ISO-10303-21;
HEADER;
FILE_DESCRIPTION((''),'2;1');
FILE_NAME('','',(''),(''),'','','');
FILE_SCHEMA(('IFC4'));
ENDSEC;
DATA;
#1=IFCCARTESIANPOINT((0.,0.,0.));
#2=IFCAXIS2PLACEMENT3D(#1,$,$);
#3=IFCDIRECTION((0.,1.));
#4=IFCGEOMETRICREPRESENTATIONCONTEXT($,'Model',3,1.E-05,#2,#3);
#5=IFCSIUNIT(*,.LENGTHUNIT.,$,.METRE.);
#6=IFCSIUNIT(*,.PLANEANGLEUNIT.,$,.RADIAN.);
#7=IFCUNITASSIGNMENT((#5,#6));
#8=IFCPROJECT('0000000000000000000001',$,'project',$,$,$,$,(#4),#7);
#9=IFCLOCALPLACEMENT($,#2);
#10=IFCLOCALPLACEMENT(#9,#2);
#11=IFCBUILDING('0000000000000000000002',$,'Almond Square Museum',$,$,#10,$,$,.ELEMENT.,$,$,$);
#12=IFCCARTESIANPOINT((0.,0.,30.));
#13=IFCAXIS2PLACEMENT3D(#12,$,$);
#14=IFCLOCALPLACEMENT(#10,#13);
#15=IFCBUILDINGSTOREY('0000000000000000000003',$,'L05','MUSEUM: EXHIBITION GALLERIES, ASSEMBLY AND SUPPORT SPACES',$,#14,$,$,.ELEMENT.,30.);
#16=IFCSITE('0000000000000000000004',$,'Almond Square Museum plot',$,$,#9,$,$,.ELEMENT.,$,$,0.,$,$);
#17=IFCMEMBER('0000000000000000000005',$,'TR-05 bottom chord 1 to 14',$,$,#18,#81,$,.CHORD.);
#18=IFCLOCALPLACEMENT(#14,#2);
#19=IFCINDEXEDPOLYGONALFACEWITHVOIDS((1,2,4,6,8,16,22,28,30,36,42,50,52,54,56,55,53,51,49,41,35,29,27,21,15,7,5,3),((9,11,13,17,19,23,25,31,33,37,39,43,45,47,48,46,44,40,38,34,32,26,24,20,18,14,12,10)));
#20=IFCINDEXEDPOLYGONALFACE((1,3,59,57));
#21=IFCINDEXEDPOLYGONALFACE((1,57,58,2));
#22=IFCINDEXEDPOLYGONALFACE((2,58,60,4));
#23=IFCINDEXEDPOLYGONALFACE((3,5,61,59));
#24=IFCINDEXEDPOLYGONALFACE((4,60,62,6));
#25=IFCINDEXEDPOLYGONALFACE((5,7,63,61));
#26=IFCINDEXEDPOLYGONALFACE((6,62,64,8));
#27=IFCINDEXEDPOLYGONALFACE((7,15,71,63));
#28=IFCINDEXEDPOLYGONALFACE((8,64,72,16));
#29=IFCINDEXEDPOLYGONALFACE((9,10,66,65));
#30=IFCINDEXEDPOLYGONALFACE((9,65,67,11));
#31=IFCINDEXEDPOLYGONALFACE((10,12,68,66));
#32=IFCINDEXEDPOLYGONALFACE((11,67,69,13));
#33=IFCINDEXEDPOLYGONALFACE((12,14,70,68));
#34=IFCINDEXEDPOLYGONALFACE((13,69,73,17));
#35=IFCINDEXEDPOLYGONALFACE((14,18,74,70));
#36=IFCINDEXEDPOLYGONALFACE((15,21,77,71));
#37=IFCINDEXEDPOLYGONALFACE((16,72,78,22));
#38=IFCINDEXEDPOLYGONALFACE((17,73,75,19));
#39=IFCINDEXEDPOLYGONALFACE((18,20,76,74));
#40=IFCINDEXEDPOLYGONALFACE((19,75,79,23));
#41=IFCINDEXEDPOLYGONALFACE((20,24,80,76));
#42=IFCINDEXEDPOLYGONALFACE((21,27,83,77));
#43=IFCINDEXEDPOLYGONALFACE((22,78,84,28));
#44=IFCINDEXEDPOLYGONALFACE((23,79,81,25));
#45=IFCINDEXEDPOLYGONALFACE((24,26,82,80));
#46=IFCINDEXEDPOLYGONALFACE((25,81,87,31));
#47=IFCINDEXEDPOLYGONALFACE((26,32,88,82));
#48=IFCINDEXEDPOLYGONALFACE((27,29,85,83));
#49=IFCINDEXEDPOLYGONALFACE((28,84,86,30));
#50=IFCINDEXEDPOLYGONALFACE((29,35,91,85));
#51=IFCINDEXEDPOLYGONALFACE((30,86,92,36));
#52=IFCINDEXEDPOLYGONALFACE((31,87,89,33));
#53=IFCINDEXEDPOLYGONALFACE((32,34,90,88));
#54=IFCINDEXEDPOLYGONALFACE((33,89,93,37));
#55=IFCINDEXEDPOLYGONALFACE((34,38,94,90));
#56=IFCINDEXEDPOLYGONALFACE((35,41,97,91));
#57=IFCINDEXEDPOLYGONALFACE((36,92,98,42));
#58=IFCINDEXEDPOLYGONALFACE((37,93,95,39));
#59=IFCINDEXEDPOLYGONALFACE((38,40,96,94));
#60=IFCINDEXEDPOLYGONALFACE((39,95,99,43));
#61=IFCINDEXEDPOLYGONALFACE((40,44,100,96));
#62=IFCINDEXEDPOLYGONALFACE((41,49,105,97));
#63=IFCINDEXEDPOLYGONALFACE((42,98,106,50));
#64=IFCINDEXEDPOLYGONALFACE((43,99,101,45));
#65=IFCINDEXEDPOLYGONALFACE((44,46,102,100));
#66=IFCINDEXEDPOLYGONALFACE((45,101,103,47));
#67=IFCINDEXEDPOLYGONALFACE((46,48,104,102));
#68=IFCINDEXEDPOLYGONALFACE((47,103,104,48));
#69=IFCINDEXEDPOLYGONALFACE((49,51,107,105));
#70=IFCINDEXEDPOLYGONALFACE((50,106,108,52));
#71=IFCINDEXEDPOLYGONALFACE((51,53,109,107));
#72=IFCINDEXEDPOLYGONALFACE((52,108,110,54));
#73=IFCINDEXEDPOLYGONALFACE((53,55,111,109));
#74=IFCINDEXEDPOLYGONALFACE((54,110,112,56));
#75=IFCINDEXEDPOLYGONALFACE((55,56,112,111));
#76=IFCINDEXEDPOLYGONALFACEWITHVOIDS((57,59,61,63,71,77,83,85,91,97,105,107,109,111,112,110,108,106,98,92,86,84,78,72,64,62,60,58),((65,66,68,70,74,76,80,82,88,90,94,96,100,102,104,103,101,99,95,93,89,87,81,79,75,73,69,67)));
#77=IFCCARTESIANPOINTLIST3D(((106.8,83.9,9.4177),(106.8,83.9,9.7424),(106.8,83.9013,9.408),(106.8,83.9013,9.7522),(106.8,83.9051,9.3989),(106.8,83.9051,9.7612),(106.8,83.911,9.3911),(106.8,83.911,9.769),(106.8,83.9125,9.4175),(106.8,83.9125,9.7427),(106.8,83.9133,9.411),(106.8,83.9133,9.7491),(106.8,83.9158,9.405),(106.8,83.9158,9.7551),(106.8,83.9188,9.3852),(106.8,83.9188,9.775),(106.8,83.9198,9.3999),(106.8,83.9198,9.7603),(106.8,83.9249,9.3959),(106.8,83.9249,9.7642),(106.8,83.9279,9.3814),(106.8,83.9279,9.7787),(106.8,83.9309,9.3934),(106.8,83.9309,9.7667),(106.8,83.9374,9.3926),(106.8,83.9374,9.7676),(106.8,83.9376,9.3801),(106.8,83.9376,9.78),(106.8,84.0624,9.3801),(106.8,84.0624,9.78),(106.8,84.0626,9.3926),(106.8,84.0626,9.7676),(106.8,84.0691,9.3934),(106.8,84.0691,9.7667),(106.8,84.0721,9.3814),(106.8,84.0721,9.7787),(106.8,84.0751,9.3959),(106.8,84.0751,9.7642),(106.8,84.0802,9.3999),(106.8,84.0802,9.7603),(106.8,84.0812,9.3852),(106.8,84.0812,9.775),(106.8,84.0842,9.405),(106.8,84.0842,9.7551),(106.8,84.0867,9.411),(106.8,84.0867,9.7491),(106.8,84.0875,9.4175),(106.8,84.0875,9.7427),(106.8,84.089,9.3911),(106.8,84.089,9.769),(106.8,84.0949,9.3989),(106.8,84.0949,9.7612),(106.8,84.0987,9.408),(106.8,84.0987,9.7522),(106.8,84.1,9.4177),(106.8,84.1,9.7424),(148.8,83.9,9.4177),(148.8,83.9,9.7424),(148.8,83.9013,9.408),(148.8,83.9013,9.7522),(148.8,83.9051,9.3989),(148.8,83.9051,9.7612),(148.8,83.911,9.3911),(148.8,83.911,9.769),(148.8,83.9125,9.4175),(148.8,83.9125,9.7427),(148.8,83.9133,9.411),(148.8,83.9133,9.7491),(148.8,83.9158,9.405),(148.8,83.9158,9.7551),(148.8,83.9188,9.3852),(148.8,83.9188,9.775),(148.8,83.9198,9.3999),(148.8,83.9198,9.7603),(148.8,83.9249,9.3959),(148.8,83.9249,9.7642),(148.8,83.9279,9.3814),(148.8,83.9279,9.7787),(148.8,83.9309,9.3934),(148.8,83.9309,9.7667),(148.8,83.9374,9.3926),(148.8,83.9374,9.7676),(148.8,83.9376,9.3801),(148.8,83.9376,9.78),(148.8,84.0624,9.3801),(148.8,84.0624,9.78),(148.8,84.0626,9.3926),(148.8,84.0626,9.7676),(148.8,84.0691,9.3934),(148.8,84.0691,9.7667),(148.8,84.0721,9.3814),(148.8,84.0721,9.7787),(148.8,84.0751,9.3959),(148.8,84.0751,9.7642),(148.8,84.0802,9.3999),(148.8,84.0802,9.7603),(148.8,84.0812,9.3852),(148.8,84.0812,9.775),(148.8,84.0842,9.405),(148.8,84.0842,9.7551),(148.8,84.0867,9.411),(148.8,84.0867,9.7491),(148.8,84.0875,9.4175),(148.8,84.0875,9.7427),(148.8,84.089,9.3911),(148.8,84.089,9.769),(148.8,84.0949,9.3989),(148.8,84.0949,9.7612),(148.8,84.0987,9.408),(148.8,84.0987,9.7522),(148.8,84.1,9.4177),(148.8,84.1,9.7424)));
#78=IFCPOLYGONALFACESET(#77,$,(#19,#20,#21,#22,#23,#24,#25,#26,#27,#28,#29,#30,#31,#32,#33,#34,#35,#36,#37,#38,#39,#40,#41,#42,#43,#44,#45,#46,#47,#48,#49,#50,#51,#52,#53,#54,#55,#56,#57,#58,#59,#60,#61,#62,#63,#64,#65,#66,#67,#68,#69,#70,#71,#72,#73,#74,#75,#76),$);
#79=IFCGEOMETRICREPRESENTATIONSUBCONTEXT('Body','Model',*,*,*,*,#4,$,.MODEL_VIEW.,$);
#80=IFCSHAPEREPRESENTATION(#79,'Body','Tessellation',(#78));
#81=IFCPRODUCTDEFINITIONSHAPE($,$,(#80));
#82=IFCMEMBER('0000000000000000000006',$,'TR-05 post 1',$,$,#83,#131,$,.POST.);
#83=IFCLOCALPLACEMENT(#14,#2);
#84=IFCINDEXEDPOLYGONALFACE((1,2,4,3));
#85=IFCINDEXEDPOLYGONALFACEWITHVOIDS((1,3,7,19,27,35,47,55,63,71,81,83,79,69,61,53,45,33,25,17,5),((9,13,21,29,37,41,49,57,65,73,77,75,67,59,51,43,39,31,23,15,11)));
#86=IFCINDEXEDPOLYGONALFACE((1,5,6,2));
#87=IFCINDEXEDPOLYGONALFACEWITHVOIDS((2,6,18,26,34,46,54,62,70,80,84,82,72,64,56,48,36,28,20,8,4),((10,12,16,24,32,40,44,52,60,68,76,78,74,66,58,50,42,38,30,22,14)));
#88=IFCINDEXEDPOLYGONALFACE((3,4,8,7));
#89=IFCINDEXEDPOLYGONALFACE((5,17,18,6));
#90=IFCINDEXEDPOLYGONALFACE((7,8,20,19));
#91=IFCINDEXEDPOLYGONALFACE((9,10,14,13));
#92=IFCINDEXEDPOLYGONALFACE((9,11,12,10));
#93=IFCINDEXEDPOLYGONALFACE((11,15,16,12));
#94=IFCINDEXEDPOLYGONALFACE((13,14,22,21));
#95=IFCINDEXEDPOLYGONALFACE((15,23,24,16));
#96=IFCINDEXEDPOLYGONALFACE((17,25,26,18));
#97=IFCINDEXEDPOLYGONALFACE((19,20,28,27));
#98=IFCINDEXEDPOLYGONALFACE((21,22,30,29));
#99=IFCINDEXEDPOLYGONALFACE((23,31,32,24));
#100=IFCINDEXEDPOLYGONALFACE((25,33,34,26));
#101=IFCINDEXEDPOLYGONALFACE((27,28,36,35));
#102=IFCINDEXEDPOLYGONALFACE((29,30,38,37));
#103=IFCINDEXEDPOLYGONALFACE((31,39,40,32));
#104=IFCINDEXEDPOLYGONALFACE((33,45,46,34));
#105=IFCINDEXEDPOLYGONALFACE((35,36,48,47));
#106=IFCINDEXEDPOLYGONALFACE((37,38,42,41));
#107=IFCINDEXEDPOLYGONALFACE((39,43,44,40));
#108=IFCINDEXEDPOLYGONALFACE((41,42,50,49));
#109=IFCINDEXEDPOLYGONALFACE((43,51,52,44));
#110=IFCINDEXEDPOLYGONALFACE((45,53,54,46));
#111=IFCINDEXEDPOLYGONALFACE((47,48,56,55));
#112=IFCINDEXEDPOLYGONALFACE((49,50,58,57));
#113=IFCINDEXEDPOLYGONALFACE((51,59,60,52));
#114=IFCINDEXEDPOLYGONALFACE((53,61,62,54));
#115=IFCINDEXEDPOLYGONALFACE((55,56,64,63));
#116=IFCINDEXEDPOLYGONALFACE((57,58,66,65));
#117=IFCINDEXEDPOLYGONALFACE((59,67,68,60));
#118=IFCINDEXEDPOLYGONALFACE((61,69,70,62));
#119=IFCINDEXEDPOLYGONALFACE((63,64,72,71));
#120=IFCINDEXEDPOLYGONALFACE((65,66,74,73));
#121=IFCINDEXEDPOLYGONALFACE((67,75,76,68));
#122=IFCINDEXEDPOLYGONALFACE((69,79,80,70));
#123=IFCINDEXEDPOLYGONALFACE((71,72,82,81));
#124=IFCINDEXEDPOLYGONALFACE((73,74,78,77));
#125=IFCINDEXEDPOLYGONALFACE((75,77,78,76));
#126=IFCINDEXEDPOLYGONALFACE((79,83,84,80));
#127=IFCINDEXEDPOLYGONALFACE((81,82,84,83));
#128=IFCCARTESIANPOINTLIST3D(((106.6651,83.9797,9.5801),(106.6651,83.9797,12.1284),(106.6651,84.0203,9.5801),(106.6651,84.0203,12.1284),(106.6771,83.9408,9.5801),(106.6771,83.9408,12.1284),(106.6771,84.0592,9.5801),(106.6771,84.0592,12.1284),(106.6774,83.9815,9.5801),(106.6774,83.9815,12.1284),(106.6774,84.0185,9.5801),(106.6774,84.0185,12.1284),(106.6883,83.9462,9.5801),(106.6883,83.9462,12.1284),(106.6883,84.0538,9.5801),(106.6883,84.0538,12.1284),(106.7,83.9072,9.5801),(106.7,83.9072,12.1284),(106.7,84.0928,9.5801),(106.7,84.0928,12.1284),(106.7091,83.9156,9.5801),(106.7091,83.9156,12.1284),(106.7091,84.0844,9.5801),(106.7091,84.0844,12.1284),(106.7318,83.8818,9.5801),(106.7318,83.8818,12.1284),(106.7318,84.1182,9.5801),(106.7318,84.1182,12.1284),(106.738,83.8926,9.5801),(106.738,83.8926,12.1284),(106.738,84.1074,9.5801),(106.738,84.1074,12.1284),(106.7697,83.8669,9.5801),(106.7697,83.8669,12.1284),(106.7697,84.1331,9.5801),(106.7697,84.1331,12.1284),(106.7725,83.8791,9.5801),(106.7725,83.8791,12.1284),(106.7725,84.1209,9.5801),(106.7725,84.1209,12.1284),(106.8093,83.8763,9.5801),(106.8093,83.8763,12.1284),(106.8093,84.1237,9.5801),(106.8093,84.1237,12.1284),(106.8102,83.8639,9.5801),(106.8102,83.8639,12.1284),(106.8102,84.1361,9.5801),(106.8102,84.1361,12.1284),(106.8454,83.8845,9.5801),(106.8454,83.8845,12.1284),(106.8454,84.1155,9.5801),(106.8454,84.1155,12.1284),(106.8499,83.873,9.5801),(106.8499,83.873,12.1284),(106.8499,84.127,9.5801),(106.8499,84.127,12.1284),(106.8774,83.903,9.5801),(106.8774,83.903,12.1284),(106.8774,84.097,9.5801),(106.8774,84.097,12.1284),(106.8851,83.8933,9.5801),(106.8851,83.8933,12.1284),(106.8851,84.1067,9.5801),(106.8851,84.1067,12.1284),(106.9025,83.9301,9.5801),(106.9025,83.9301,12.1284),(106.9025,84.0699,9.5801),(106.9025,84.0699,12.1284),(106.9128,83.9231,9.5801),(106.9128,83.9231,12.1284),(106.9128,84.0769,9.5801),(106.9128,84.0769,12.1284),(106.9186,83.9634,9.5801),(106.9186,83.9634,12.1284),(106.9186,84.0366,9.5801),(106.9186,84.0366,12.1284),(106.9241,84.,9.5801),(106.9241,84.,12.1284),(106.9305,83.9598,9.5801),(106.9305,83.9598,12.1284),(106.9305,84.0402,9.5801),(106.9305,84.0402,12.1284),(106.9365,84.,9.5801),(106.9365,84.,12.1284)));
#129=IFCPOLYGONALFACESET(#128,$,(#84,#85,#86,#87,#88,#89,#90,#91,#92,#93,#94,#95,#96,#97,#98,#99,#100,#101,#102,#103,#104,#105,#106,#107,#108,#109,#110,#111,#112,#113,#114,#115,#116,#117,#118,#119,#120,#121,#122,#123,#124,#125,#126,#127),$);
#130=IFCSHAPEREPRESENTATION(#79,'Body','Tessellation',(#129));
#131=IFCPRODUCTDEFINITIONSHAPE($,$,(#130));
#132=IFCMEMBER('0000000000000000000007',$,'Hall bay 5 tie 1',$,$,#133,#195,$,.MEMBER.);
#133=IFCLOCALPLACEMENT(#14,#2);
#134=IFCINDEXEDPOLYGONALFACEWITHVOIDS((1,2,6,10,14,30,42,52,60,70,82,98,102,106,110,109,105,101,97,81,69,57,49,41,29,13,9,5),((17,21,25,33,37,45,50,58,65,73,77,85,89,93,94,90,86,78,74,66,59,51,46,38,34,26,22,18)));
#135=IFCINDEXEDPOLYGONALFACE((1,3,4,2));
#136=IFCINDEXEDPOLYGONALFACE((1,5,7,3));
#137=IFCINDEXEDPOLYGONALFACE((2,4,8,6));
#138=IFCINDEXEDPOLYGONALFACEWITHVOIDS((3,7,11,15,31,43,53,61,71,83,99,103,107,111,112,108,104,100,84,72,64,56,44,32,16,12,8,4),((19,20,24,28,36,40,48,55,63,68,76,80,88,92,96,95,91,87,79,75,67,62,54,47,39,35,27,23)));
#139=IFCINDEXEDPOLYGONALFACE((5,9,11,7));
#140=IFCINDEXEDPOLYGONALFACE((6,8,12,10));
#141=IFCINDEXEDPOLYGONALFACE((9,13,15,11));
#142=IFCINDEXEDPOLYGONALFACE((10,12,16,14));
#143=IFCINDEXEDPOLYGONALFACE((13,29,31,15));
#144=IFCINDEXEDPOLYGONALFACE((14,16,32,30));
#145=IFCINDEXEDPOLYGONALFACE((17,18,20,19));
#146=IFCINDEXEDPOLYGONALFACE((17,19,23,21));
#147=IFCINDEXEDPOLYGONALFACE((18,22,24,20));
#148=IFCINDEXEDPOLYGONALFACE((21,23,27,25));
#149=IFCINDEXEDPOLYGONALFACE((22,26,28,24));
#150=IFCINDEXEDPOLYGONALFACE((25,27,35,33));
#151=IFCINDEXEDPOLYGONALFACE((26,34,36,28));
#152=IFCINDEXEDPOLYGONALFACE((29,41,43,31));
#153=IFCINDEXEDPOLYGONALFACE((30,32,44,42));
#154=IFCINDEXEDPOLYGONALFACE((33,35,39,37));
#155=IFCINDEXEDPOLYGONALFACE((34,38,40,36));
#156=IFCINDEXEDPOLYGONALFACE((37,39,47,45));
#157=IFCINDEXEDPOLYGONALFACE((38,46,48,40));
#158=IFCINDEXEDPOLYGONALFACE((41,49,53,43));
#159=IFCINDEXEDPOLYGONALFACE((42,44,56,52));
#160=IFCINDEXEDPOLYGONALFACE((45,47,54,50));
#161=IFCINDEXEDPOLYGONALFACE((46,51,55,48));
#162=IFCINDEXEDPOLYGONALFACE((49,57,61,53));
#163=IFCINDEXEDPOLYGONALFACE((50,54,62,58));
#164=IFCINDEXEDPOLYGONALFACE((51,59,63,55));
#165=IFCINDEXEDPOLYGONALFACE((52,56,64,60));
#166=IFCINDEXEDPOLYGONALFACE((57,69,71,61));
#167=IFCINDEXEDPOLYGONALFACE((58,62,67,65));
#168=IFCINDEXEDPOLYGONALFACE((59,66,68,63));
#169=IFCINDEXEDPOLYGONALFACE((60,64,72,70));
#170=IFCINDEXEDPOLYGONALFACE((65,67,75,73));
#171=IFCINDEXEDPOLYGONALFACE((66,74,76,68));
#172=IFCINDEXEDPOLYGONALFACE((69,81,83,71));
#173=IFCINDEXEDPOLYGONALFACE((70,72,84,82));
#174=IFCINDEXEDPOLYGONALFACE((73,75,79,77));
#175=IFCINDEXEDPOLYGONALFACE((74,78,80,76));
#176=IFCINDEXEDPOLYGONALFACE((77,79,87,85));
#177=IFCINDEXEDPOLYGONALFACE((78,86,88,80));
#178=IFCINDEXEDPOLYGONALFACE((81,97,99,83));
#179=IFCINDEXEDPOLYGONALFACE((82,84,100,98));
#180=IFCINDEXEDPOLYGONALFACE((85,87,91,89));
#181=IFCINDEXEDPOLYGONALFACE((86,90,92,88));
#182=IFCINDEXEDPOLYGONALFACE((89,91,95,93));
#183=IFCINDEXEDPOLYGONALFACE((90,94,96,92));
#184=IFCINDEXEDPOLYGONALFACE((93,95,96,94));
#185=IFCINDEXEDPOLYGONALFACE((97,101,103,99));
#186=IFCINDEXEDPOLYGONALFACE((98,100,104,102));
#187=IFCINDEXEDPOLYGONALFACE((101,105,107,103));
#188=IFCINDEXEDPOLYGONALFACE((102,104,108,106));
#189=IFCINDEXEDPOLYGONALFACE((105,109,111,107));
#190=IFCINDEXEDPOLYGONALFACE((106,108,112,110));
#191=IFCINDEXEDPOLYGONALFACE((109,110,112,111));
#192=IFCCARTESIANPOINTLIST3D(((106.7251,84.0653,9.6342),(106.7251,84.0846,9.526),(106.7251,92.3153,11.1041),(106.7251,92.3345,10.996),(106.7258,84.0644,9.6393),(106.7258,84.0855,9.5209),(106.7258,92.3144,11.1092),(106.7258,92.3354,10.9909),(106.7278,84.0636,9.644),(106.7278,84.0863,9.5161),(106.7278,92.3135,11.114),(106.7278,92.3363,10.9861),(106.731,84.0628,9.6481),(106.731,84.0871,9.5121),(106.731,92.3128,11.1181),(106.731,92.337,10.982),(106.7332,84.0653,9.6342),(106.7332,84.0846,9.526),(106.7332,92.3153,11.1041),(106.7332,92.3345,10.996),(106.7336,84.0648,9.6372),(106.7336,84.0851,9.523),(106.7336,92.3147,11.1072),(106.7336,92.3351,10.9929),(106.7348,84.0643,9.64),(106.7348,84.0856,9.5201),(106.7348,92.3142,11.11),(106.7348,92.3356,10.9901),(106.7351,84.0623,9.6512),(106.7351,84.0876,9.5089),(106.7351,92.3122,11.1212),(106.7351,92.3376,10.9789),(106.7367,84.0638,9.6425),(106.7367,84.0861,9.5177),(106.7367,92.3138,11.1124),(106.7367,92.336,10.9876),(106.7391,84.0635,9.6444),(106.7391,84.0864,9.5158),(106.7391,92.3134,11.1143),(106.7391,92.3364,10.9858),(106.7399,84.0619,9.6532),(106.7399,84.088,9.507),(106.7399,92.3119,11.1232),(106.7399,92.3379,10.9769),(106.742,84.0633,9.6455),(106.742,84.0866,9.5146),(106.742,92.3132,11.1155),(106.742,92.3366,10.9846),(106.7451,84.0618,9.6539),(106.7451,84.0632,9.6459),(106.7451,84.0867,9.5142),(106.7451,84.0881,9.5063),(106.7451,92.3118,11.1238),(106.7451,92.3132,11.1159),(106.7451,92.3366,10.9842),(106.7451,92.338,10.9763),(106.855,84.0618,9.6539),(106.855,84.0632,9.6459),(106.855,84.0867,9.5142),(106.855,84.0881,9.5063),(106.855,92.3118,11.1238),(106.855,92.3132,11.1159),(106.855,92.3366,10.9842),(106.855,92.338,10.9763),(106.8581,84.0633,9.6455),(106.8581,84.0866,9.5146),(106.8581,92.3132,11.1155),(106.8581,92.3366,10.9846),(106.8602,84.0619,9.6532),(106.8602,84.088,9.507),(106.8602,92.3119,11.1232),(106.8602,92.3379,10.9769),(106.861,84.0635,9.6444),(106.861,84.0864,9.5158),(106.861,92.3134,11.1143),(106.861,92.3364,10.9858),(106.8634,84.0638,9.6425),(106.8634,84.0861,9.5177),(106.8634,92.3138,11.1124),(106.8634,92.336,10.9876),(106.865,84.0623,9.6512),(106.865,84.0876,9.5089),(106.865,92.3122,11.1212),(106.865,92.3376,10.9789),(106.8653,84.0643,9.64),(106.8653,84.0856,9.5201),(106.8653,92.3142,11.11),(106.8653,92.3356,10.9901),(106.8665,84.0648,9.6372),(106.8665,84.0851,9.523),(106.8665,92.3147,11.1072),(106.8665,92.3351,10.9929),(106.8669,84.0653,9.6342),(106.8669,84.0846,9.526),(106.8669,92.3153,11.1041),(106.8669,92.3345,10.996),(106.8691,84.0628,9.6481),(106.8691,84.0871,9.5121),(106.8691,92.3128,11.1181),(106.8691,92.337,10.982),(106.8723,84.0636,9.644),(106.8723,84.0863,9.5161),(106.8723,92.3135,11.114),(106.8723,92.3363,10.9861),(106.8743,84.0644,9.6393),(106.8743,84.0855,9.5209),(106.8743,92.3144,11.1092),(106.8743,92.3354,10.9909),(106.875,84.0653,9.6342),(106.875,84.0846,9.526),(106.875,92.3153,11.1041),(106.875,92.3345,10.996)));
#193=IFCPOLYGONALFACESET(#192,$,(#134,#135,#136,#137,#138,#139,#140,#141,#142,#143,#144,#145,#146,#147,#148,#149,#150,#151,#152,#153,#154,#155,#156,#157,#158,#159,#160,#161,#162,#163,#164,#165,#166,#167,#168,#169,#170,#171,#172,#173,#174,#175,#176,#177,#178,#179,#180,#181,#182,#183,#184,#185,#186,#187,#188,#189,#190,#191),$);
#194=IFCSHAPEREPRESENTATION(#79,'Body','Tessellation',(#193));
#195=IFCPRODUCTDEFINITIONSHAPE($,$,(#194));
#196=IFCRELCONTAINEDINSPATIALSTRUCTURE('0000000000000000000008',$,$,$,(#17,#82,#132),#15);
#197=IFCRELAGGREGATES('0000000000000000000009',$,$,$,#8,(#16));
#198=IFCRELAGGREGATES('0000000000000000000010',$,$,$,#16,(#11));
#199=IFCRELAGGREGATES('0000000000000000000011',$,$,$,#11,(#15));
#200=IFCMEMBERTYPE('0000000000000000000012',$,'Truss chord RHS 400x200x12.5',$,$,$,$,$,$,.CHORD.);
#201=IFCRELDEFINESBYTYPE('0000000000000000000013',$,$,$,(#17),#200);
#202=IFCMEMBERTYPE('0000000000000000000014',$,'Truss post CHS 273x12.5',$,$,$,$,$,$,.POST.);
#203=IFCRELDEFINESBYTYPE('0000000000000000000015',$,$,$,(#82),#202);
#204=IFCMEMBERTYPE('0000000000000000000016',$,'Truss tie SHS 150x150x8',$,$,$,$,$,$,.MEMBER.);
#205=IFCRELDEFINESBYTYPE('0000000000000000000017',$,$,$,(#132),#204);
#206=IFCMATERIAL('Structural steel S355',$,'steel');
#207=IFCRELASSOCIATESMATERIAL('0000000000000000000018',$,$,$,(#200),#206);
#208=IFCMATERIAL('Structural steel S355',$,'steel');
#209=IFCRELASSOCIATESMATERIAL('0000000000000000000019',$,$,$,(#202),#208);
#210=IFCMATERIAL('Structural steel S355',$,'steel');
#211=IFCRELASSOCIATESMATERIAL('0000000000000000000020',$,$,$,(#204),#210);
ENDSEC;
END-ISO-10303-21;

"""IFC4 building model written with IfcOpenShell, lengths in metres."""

from ifc_helpers import new_model, si_unit, direction, frame, origin, origin_2d, place, context, subcontext, project, spatial, hollow_rectangle, hollow_circle, extrude, material, material_profile, profile_set, type_object, element, save


model = new_model("IFC4")

# Units and contexts
model_context = context("Model", 3, precision=1e-05, world=origin(), true_north=direction((0.0, 1.0)))
body_context = subcontext(model_context, "Body", "Model", "MODEL_VIEW")
ifc_project = project(units=[si_unit("LENGTHUNIT", "METRE"), si_unit("PLANEANGLEUNIT", "RADIAN")], contexts=[model_context])

# Site, building, storey
site_placement = place(None, origin())
site = spatial("IfcSite", under=ifc_project, at=site_placement, Name="Almond Square Museum plot", CompositionType="ELEMENT", RefElevation=0.0)
building_placement = place(site_placement, origin())
building = spatial("IfcBuilding", under=site, at=building_placement, Name="Almond Square Museum", CompositionType="ELEMENT")
storey_placement = place(building_placement, frame((0.0, 0.0, 30.0)))
storey = spatial("IfcBuildingStorey", under=building, at=storey_placement, Name="L05", Description="MUSEUM: EXHIBITION GALLERIES, ASSEMBLY AND SUPPORT SPACES", CompositionType="ELEMENT", Elevation=30.0)

# Members
ifc_material_1 = material(Name="Structural steel S355", Category="steel")
ifc_material_profile_1 = material_profile(ifc_material_1, hollow_rectangle(XDim=0.2, YDim=0.3999, WallThickness=0.0125, InnerFilletRadius=0.0249, OuterFilletRadius=0.0376, at=origin_2d()))
ifc_profile_set_1 = profile_set([ifc_material_profile_1], Name="Structural steel S355")
member_type_1 = type_object("IfcMemberType", Name="Truss chord RHS 400x200x12.5", PredefinedType="CHORD", material=ifc_profile_set_1)
member_1_placement = place(storey_placement, frame((106.8, 84.0, 9.5801), z_axis=(1.0, 0.0, 0.0), x_axis=(0.0, 1.0, 0.0)))
element("IfcMember", 1, at=member_1_placement, inside=storey, type_object=member_type_1, Name="TR-05 bottom chord 1 to 14", PredefinedType="CHORD", context=body_context, shape_type="SweptSolid", body=[
    extrude(hollow_rectangle(XDim=0.2, YDim=0.3999, WallThickness=0.0125, InnerFilletRadius=0.0249, OuterFilletRadius=0.0376, at=origin_2d()), origin(), (0.0, 0.0, 1.0), 42.0),
])
ifc_material_2 = material(Name="Structural steel S355", Category="steel")
ifc_material_profile_2 = material_profile(ifc_material_2, hollow_circle(Radius=0.1365, WallThickness=0.0125, at=origin_2d()))
ifc_profile_set_2 = profile_set([ifc_material_profile_2], Name="Structural steel S355")
member_type_2 = type_object("IfcMemberType", Name="Truss post CHS 273x12.5", PredefinedType="POST", material=ifc_profile_set_2)
member_2_placement = place(storey_placement, frame((106.8, 84.0, 9.5801), z_axis=(0.0, 0.0, 1.0), x_axis=(1.0, 0.0, 0.0)))
element("IfcMember", 2, at=member_2_placement, inside=storey, type_object=member_type_2, Name="TR-05 post 1", PredefinedType="POST", context=body_context, shape_type="SweptSolid", body=[
    extrude(hollow_circle(Radius=0.1365, WallThickness=0.0125, at=origin_2d()), origin(), (0.0, 0.0, 1.0), 2.5483),
])
ifc_material_3 = material(Name="Structural steel S355", Category="steel")
ifc_material_profile_3 = material_profile(ifc_material_3, hollow_rectangle(XDim=0.1499, YDim=0.1499, WallThickness=0.0081, InnerFilletRadius=0.012, OuterFilletRadius=0.02, at=origin_2d()))
ifc_profile_set_3 = profile_set([ifc_material_profile_3], Name="Structural steel S355")
member_type_3 = type_object("IfcMemberType", Name="Truss tie SHS 150x150x8", PredefinedType="MEMBER", material=ifc_profile_set_3)
member_3_placement = place(storey_placement, frame((106.8, 84.075, 9.5801), z_axis=(0.0, 0.984494, 0.175416), x_axis=(-1.0, 0.0, 0.0)))
element("IfcMember", 3, at=member_3_placement, inside=storey, type_object=member_type_3, Name="Hall bay 5 tie 1", PredefinedType="MEMBER", context=body_context, shape_type="SweptSolid", body=[
    extrude(hollow_rectangle(XDim=0.1499, YDim=0.1499, WallThickness=0.0081, InnerFilletRadius=0.012, OuterFilletRadius=0.02, at=origin_2d()), origin(), (0.0, 0.0, 1.0), 8.3799),
])

save(model, "model.ifc")
